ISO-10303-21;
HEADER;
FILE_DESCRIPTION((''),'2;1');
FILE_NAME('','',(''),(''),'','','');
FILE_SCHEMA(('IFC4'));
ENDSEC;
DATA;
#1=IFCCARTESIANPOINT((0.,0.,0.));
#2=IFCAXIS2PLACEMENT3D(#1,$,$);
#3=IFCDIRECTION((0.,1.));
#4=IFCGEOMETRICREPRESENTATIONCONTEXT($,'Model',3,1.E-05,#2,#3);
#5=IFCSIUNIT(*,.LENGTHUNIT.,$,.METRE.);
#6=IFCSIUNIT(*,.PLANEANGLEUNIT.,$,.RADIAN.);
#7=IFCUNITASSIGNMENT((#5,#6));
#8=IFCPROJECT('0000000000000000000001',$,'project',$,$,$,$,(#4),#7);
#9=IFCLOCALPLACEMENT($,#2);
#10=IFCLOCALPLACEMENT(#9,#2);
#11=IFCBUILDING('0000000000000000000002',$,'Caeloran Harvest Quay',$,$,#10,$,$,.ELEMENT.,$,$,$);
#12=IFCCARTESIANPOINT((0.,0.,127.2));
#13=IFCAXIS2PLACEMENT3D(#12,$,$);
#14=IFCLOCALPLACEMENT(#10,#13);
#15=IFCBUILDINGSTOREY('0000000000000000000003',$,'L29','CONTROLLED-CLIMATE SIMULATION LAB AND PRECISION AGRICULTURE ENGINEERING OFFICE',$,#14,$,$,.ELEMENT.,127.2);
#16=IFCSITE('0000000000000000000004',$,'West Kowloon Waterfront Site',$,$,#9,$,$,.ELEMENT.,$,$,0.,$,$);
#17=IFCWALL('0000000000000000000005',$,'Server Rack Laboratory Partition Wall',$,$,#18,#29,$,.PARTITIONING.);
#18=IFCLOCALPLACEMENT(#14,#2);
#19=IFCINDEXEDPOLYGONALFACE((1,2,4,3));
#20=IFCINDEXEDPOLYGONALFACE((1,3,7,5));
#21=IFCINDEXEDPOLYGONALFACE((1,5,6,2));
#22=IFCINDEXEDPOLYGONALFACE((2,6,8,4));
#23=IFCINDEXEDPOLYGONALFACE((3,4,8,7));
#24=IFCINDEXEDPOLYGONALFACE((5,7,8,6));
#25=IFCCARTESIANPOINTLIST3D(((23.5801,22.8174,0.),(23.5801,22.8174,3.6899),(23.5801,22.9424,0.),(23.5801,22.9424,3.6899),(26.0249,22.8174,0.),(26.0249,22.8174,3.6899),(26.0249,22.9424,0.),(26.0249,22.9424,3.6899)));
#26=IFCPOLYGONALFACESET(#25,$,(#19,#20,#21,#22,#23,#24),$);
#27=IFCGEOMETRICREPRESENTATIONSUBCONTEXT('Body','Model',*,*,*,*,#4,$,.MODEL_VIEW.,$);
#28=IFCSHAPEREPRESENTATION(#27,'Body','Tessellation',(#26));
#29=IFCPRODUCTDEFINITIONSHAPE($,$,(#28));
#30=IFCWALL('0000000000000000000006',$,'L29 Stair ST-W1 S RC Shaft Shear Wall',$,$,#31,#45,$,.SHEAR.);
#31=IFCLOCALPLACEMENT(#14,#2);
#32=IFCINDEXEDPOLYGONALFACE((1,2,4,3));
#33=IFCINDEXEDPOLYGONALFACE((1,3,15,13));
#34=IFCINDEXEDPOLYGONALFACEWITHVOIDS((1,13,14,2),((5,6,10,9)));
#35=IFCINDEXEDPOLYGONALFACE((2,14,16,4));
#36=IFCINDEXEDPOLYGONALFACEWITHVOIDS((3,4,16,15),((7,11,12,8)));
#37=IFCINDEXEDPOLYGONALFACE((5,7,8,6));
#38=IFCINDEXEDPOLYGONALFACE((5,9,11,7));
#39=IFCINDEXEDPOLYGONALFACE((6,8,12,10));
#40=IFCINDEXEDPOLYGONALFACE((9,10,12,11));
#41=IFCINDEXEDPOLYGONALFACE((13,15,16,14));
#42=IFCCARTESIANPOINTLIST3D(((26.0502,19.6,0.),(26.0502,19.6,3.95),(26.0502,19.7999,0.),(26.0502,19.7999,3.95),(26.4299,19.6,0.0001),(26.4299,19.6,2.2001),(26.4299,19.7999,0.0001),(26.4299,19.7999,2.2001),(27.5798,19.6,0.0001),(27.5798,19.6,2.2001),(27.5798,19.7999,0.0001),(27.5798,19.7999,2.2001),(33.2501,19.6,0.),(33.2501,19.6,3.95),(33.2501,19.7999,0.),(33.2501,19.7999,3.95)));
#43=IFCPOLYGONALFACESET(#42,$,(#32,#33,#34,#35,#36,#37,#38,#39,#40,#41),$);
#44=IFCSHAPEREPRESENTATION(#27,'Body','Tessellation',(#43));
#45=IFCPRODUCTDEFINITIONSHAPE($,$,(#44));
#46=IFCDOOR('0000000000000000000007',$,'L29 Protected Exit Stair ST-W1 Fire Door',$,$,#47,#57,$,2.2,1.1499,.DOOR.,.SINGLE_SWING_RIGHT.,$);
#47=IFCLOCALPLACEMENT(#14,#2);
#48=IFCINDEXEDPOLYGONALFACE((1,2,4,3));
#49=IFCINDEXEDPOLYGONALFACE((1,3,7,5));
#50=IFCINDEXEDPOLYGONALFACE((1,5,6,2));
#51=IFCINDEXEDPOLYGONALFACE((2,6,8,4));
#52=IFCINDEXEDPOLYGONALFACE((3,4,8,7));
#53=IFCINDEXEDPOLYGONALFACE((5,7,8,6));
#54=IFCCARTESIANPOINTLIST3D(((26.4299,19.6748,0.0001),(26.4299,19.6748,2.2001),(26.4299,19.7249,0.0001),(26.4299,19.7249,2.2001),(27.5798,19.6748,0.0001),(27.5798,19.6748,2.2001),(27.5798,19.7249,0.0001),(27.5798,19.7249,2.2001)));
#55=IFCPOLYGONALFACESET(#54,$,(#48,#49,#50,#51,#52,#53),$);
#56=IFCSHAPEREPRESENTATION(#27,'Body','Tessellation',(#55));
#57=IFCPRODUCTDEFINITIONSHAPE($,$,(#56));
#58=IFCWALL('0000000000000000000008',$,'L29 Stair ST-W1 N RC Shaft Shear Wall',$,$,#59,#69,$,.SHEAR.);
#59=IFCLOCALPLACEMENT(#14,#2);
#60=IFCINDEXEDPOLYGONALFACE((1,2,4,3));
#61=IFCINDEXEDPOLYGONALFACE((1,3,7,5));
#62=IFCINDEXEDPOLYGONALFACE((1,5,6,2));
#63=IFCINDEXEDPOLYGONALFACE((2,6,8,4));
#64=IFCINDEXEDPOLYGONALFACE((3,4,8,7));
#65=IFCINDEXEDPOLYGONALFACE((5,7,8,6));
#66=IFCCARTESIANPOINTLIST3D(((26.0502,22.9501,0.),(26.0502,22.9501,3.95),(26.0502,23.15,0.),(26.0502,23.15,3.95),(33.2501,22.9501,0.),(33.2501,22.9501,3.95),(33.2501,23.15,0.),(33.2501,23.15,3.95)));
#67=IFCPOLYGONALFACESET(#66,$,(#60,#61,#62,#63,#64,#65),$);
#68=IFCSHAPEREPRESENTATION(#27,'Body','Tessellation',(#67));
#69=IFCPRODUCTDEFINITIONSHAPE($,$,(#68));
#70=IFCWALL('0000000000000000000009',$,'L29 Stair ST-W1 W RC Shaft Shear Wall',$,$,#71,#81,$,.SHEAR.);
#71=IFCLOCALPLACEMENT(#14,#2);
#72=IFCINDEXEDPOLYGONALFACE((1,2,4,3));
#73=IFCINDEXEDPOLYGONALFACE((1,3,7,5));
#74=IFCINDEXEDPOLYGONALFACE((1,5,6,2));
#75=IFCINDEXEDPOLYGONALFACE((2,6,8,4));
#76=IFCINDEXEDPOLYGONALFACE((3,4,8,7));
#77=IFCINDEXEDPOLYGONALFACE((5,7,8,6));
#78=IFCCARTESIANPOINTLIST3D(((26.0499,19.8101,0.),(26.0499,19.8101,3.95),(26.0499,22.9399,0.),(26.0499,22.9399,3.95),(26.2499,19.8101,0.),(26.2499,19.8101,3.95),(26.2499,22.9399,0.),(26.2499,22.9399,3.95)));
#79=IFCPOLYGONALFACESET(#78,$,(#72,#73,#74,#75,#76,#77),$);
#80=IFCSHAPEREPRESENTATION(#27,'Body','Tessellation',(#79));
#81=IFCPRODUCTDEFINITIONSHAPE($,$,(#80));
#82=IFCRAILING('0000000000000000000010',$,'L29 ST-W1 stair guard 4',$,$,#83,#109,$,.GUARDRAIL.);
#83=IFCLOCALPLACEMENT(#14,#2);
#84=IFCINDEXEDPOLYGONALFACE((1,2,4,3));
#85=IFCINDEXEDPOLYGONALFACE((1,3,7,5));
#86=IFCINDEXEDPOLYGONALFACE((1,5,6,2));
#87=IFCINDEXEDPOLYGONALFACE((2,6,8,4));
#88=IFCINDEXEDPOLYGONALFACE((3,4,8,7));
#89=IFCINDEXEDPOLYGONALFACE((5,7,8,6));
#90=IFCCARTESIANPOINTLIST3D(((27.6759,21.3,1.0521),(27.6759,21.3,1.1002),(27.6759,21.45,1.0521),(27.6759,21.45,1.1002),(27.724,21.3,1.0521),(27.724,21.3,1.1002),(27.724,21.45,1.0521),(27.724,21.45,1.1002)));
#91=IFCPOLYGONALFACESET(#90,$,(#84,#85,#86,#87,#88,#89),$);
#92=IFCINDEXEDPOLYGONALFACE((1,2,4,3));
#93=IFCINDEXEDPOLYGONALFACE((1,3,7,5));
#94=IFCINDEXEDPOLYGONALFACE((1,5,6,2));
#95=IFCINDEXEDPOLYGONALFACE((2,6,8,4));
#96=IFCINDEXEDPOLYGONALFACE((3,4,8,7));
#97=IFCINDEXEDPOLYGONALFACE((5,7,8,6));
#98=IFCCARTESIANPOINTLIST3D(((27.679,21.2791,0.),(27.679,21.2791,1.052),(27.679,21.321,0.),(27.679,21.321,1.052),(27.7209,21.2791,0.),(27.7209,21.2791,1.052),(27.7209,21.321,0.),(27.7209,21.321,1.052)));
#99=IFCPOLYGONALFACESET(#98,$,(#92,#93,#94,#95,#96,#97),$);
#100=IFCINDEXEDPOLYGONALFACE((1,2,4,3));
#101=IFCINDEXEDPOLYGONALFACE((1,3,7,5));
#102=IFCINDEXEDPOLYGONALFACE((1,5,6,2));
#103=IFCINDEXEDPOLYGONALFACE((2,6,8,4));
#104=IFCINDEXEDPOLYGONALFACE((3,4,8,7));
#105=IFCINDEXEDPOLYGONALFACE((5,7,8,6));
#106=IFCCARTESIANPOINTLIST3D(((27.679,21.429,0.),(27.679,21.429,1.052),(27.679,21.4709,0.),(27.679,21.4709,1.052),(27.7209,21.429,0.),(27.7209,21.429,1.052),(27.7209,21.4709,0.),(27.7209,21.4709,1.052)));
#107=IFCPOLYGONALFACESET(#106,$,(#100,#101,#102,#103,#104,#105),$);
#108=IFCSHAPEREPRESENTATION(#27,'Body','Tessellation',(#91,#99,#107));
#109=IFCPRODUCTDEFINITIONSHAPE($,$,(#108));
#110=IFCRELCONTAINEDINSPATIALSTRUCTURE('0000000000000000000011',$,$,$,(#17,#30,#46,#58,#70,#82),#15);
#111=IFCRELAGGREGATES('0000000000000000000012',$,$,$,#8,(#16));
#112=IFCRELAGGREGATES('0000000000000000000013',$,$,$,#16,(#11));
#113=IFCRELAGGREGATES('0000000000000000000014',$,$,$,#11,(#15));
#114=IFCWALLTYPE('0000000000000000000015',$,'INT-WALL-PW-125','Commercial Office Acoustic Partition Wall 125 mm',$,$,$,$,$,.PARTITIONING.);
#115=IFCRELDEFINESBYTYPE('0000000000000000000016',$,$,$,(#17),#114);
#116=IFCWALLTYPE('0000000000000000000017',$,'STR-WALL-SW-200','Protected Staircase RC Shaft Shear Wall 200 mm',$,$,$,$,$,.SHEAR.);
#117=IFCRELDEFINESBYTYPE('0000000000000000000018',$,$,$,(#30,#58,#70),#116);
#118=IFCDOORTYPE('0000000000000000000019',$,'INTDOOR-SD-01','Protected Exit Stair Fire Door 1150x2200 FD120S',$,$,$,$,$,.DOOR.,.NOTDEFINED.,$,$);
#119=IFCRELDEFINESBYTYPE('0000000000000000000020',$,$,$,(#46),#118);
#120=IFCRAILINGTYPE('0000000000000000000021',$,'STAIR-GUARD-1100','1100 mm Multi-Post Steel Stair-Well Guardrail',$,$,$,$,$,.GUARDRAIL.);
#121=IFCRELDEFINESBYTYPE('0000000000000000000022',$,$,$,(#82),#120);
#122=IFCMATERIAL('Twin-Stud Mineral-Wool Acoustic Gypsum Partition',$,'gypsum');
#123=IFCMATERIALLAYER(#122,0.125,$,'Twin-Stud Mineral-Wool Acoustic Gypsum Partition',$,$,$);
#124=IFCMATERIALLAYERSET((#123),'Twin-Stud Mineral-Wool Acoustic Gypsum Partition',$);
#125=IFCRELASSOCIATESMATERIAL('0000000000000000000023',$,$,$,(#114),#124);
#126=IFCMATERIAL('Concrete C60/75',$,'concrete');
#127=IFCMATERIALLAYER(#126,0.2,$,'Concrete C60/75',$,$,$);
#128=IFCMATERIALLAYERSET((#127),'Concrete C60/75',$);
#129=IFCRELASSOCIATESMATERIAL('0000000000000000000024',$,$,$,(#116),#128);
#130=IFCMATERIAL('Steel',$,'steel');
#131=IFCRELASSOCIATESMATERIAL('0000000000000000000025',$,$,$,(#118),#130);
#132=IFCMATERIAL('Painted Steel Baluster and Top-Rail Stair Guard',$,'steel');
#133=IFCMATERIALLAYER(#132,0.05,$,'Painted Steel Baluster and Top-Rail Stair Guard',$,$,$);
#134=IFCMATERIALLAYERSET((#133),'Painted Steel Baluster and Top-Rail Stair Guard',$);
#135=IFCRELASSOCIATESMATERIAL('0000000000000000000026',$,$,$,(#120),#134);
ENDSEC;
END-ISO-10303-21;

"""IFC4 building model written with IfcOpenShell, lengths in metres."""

from ifc_helpers import new_model, si_unit, direction, frame, frame_2d, origin, origin_2d, place, context, subcontext, project, spatial, rectangle, extrude, material, layer, layer_set, type_object, element, fill, save


model = new_model("IFC4")

# Units and contexts
model_context = context("Model", 3, precision=1e-05, world=origin(), true_north=direction((0.0, 1.0)))
body_context = subcontext(model_context, "Body", "Model", "MODEL_VIEW")
ifc_project = project(units=[si_unit("LENGTHUNIT", "METRE"), si_unit("PLANEANGLEUNIT", "RADIAN")], contexts=[model_context])

# Site, building, storey
site_placement = place(None, origin())
site = spatial("IfcSite", under=ifc_project, at=site_placement, Name="West Kowloon Waterfront Site", CompositionType="ELEMENT", RefElevation=0.0)
building_placement = place(site_placement, origin())
building = spatial("IfcBuilding", under=site, at=building_placement, Name="Caeloran Harvest Quay", CompositionType="ELEMENT")
storey_placement = place(building_placement, frame((0.0, 0.0, 127.2)))
storey = spatial("IfcBuildingStorey", under=building, at=storey_placement, Name="L29", Description="CONTROLLED-CLIMATE SIMULATION LAB AND PRECISION AGRICULTURE ENGINEERING OFFICE", CompositionType="ELEMENT", Elevation=127.2)

# Wall
ifc_material_1 = material(Name="Twin-Stud Mineral-Wool Acoustic Gypsum Partition", Category="gypsum")
ifc_layer_1 = layer(ifc_material_1, 0.125, Name="Twin-Stud Mineral-Wool Acoustic Gypsum Partition")
ifc_layer_set_1 = layer_set([ifc_layer_1], Name="Twin-Stud Mineral-Wool Acoustic Gypsum Partition")
wall_type_1 = type_object("IfcWallType", Name="INT-WALL-PW-125", Description="Commercial Office Acoustic Partition Wall 125 mm", PredefinedType="PARTITIONING", material=ifc_layer_set_1)
wall_1_placement = place(storey_placement, frame((26.0249, 22.8799, 0.0), z_axis=(0.0, 0.0, 1.0), x_axis=(-1.0, 0.0, 0.0)))
element("IfcWall", 1, at=wall_1_placement, inside=storey, type_object=wall_type_1, Name="Server Rack Laboratory Partition Wall", PredefinedType="PARTITIONING", context=body_context, shape_type="SweptSolid", body=[
    extrude(rectangle(XDim=2.4448, YDim=0.125, at=frame_2d((1.2224, 0.0))), origin(), (0.0, 0.0, 1.0), 3.6899),
])

# Wall, opening, door
ifc_material_2 = material(Name="Concrete C60/75", Category="concrete")
ifc_layer_2 = layer(ifc_material_2, 0.2, Name="Concrete C60/75")
ifc_layer_set_2 = layer_set([ifc_layer_2], Name="Concrete C60/75")
wall_type_2 = type_object("IfcWallType", Name="STR-WALL-SW-200", Description="Protected Staircase RC Shaft Shear Wall 200 mm", PredefinedType="SHEAR", material=ifc_layer_set_2)
wall_2_placement = place(storey_placement, frame((26.05, 19.7, 0.0), z_axis=(0.0, 0.0, 1.0), x_axis=(1.0, 0.0, 0.0)))
wall_2 = element("IfcWall", 2, at=wall_2_placement, inside=storey, type_object=wall_type_2, Name="L29 Stair ST-W1 S RC Shaft Shear Wall", PredefinedType="SHEAR", context=body_context, shape_type="SweptSolid", body=[
    extrude(rectangle(XDim=7.2, YDim=0.2, at=frame_2d((3.6001, 0.0))), origin(), (0.0, 0.0, 1.0), 3.95),
])
opening_placement = place(wall_2_placement, frame((0.3799, 0.0, 0.0)))
opening = element("IfcOpeningElement", 3, at=opening_placement, cuts=wall_2, PredefinedType="OPENING", context=body_context, shape_type="SweptSolid", body=[
    extrude(rectangle(XDim=1.1499, YDim=2.2, at=frame_2d((0.575, 1.1001))), frame((0.0, 0.1099, 0.0), z_axis=(0.0, -1.0, 0.0), x_axis=(1.0, 0.0, 0.0)), (0.0, 0.0, 1.0), 0.22),
])
ifc_material_3 = material(Name="Steel", Category="steel")
door_type = type_object("IfcDoorType", Name="INTDOOR-SD-01", Description="Protected Exit Stair Fire Door 1150x2200 FD120S", OperationType="NOTDEFINED", PredefinedType="DOOR", material=ifc_material_3)
door_placement = place(opening_placement, origin())
door = element("IfcDoor", 4, at=door_placement, inside=storey, type_object=door_type, Name="L29 Protected Exit Stair ST-W1 Fire Door", OperationType="SINGLE_SWING_RIGHT", OverallHeight=2.2, OverallWidth=1.1499, PredefinedType="DOOR", context=body_context, shape_type="SweptSolid", body=[
    extrude(rectangle(XDim=1.1499, YDim=2.2, at=frame_2d((0.575, 1.1001))), frame((0.0, 0.0249, 0.0), z_axis=(0.0, -1.0, 0.0), x_axis=(1.0, 0.0, 0.0)), (0.0, 0.0, 1.0), 0.05),
])
fill(opening, door)

# Walls
wall_3_placement = place(storey_placement, frame((26.05, 23.05, 0.0), z_axis=(0.0, 0.0, 1.0), x_axis=(1.0, 0.0, 0.0)))
element("IfcWall", 5, at=wall_3_placement, inside=storey, type_object=wall_type_2, Name="L29 Stair ST-W1 N RC Shaft Shear Wall", PredefinedType="SHEAR", context=body_context, shape_type="SweptSolid", body=[
    extrude(rectangle(XDim=7.2, YDim=0.2, at=frame_2d((3.6001, 0.0))), origin(), (0.0, 0.0, 1.0), 3.95),
])
wall_4_placement = place(storey_placement, frame((26.1499, 19.8101, 0.0), z_axis=(0.0, 0.0, 1.0), x_axis=(0.0, 1.0, 0.0)))
element("IfcWall", 6, at=wall_4_placement, inside=storey, type_object=wall_type_2, Name="L29 Stair ST-W1 W RC Shaft Shear Wall", PredefinedType="SHEAR", context=body_context, shape_type="SweptSolid", body=[
    extrude(rectangle(XDim=3.1299, YDim=0.2, at=frame_2d((1.5649, 0.0))), origin(), (0.0, 0.0, 1.0), 3.95),
])

# Railing
ifc_material_4 = material(Name="Painted Steel Baluster and Top-Rail Stair Guard", Category="steel")
ifc_layer_3 = layer(ifc_material_4, 0.05, Name="Painted Steel Baluster and Top-Rail Stair Guard")
ifc_layer_set_3 = layer_set([ifc_layer_3], Name="Painted Steel Baluster and Top-Rail Stair Guard")
railing_type = type_object("IfcRailingType", Name="STAIR-GUARD-1100", Description="1100 mm Multi-Post Steel Stair-Well Guardrail", PredefinedType="GUARDRAIL", material=ifc_layer_set_3)
railing_placement = place(storey_placement, frame((27.7, 21.3, 0.0)))
element("IfcRailing", 7, at=railing_placement, inside=storey, type_object=railing_type, Name="L29 ST-W1 stair guard 4", PredefinedType="GUARDRAIL", context=body_context, shape_type="SweptSolid", body=[
    extrude(rectangle(XDim=0.0481, YDim=0.0481, at=origin_2d()), frame((0.0, 0.0, 1.0762), z_axis=(0.0, 1.0, 0.0), x_axis=(-1.0, 0.0, 0.0)), (0.0, 0.0, 1.0), 0.1499),
    extrude(rectangle(XDim=0.042, YDim=0.042, at=origin_2d()), origin(), (0.0, 0.0, 1.0), 1.052),
    extrude(rectangle(XDim=0.042, YDim=0.042, at=origin_2d()), frame((0.0, 0.1499, 0.0)), (0.0, 0.0, 1.0), 1.052),
])

save(model, "model.ifc")
